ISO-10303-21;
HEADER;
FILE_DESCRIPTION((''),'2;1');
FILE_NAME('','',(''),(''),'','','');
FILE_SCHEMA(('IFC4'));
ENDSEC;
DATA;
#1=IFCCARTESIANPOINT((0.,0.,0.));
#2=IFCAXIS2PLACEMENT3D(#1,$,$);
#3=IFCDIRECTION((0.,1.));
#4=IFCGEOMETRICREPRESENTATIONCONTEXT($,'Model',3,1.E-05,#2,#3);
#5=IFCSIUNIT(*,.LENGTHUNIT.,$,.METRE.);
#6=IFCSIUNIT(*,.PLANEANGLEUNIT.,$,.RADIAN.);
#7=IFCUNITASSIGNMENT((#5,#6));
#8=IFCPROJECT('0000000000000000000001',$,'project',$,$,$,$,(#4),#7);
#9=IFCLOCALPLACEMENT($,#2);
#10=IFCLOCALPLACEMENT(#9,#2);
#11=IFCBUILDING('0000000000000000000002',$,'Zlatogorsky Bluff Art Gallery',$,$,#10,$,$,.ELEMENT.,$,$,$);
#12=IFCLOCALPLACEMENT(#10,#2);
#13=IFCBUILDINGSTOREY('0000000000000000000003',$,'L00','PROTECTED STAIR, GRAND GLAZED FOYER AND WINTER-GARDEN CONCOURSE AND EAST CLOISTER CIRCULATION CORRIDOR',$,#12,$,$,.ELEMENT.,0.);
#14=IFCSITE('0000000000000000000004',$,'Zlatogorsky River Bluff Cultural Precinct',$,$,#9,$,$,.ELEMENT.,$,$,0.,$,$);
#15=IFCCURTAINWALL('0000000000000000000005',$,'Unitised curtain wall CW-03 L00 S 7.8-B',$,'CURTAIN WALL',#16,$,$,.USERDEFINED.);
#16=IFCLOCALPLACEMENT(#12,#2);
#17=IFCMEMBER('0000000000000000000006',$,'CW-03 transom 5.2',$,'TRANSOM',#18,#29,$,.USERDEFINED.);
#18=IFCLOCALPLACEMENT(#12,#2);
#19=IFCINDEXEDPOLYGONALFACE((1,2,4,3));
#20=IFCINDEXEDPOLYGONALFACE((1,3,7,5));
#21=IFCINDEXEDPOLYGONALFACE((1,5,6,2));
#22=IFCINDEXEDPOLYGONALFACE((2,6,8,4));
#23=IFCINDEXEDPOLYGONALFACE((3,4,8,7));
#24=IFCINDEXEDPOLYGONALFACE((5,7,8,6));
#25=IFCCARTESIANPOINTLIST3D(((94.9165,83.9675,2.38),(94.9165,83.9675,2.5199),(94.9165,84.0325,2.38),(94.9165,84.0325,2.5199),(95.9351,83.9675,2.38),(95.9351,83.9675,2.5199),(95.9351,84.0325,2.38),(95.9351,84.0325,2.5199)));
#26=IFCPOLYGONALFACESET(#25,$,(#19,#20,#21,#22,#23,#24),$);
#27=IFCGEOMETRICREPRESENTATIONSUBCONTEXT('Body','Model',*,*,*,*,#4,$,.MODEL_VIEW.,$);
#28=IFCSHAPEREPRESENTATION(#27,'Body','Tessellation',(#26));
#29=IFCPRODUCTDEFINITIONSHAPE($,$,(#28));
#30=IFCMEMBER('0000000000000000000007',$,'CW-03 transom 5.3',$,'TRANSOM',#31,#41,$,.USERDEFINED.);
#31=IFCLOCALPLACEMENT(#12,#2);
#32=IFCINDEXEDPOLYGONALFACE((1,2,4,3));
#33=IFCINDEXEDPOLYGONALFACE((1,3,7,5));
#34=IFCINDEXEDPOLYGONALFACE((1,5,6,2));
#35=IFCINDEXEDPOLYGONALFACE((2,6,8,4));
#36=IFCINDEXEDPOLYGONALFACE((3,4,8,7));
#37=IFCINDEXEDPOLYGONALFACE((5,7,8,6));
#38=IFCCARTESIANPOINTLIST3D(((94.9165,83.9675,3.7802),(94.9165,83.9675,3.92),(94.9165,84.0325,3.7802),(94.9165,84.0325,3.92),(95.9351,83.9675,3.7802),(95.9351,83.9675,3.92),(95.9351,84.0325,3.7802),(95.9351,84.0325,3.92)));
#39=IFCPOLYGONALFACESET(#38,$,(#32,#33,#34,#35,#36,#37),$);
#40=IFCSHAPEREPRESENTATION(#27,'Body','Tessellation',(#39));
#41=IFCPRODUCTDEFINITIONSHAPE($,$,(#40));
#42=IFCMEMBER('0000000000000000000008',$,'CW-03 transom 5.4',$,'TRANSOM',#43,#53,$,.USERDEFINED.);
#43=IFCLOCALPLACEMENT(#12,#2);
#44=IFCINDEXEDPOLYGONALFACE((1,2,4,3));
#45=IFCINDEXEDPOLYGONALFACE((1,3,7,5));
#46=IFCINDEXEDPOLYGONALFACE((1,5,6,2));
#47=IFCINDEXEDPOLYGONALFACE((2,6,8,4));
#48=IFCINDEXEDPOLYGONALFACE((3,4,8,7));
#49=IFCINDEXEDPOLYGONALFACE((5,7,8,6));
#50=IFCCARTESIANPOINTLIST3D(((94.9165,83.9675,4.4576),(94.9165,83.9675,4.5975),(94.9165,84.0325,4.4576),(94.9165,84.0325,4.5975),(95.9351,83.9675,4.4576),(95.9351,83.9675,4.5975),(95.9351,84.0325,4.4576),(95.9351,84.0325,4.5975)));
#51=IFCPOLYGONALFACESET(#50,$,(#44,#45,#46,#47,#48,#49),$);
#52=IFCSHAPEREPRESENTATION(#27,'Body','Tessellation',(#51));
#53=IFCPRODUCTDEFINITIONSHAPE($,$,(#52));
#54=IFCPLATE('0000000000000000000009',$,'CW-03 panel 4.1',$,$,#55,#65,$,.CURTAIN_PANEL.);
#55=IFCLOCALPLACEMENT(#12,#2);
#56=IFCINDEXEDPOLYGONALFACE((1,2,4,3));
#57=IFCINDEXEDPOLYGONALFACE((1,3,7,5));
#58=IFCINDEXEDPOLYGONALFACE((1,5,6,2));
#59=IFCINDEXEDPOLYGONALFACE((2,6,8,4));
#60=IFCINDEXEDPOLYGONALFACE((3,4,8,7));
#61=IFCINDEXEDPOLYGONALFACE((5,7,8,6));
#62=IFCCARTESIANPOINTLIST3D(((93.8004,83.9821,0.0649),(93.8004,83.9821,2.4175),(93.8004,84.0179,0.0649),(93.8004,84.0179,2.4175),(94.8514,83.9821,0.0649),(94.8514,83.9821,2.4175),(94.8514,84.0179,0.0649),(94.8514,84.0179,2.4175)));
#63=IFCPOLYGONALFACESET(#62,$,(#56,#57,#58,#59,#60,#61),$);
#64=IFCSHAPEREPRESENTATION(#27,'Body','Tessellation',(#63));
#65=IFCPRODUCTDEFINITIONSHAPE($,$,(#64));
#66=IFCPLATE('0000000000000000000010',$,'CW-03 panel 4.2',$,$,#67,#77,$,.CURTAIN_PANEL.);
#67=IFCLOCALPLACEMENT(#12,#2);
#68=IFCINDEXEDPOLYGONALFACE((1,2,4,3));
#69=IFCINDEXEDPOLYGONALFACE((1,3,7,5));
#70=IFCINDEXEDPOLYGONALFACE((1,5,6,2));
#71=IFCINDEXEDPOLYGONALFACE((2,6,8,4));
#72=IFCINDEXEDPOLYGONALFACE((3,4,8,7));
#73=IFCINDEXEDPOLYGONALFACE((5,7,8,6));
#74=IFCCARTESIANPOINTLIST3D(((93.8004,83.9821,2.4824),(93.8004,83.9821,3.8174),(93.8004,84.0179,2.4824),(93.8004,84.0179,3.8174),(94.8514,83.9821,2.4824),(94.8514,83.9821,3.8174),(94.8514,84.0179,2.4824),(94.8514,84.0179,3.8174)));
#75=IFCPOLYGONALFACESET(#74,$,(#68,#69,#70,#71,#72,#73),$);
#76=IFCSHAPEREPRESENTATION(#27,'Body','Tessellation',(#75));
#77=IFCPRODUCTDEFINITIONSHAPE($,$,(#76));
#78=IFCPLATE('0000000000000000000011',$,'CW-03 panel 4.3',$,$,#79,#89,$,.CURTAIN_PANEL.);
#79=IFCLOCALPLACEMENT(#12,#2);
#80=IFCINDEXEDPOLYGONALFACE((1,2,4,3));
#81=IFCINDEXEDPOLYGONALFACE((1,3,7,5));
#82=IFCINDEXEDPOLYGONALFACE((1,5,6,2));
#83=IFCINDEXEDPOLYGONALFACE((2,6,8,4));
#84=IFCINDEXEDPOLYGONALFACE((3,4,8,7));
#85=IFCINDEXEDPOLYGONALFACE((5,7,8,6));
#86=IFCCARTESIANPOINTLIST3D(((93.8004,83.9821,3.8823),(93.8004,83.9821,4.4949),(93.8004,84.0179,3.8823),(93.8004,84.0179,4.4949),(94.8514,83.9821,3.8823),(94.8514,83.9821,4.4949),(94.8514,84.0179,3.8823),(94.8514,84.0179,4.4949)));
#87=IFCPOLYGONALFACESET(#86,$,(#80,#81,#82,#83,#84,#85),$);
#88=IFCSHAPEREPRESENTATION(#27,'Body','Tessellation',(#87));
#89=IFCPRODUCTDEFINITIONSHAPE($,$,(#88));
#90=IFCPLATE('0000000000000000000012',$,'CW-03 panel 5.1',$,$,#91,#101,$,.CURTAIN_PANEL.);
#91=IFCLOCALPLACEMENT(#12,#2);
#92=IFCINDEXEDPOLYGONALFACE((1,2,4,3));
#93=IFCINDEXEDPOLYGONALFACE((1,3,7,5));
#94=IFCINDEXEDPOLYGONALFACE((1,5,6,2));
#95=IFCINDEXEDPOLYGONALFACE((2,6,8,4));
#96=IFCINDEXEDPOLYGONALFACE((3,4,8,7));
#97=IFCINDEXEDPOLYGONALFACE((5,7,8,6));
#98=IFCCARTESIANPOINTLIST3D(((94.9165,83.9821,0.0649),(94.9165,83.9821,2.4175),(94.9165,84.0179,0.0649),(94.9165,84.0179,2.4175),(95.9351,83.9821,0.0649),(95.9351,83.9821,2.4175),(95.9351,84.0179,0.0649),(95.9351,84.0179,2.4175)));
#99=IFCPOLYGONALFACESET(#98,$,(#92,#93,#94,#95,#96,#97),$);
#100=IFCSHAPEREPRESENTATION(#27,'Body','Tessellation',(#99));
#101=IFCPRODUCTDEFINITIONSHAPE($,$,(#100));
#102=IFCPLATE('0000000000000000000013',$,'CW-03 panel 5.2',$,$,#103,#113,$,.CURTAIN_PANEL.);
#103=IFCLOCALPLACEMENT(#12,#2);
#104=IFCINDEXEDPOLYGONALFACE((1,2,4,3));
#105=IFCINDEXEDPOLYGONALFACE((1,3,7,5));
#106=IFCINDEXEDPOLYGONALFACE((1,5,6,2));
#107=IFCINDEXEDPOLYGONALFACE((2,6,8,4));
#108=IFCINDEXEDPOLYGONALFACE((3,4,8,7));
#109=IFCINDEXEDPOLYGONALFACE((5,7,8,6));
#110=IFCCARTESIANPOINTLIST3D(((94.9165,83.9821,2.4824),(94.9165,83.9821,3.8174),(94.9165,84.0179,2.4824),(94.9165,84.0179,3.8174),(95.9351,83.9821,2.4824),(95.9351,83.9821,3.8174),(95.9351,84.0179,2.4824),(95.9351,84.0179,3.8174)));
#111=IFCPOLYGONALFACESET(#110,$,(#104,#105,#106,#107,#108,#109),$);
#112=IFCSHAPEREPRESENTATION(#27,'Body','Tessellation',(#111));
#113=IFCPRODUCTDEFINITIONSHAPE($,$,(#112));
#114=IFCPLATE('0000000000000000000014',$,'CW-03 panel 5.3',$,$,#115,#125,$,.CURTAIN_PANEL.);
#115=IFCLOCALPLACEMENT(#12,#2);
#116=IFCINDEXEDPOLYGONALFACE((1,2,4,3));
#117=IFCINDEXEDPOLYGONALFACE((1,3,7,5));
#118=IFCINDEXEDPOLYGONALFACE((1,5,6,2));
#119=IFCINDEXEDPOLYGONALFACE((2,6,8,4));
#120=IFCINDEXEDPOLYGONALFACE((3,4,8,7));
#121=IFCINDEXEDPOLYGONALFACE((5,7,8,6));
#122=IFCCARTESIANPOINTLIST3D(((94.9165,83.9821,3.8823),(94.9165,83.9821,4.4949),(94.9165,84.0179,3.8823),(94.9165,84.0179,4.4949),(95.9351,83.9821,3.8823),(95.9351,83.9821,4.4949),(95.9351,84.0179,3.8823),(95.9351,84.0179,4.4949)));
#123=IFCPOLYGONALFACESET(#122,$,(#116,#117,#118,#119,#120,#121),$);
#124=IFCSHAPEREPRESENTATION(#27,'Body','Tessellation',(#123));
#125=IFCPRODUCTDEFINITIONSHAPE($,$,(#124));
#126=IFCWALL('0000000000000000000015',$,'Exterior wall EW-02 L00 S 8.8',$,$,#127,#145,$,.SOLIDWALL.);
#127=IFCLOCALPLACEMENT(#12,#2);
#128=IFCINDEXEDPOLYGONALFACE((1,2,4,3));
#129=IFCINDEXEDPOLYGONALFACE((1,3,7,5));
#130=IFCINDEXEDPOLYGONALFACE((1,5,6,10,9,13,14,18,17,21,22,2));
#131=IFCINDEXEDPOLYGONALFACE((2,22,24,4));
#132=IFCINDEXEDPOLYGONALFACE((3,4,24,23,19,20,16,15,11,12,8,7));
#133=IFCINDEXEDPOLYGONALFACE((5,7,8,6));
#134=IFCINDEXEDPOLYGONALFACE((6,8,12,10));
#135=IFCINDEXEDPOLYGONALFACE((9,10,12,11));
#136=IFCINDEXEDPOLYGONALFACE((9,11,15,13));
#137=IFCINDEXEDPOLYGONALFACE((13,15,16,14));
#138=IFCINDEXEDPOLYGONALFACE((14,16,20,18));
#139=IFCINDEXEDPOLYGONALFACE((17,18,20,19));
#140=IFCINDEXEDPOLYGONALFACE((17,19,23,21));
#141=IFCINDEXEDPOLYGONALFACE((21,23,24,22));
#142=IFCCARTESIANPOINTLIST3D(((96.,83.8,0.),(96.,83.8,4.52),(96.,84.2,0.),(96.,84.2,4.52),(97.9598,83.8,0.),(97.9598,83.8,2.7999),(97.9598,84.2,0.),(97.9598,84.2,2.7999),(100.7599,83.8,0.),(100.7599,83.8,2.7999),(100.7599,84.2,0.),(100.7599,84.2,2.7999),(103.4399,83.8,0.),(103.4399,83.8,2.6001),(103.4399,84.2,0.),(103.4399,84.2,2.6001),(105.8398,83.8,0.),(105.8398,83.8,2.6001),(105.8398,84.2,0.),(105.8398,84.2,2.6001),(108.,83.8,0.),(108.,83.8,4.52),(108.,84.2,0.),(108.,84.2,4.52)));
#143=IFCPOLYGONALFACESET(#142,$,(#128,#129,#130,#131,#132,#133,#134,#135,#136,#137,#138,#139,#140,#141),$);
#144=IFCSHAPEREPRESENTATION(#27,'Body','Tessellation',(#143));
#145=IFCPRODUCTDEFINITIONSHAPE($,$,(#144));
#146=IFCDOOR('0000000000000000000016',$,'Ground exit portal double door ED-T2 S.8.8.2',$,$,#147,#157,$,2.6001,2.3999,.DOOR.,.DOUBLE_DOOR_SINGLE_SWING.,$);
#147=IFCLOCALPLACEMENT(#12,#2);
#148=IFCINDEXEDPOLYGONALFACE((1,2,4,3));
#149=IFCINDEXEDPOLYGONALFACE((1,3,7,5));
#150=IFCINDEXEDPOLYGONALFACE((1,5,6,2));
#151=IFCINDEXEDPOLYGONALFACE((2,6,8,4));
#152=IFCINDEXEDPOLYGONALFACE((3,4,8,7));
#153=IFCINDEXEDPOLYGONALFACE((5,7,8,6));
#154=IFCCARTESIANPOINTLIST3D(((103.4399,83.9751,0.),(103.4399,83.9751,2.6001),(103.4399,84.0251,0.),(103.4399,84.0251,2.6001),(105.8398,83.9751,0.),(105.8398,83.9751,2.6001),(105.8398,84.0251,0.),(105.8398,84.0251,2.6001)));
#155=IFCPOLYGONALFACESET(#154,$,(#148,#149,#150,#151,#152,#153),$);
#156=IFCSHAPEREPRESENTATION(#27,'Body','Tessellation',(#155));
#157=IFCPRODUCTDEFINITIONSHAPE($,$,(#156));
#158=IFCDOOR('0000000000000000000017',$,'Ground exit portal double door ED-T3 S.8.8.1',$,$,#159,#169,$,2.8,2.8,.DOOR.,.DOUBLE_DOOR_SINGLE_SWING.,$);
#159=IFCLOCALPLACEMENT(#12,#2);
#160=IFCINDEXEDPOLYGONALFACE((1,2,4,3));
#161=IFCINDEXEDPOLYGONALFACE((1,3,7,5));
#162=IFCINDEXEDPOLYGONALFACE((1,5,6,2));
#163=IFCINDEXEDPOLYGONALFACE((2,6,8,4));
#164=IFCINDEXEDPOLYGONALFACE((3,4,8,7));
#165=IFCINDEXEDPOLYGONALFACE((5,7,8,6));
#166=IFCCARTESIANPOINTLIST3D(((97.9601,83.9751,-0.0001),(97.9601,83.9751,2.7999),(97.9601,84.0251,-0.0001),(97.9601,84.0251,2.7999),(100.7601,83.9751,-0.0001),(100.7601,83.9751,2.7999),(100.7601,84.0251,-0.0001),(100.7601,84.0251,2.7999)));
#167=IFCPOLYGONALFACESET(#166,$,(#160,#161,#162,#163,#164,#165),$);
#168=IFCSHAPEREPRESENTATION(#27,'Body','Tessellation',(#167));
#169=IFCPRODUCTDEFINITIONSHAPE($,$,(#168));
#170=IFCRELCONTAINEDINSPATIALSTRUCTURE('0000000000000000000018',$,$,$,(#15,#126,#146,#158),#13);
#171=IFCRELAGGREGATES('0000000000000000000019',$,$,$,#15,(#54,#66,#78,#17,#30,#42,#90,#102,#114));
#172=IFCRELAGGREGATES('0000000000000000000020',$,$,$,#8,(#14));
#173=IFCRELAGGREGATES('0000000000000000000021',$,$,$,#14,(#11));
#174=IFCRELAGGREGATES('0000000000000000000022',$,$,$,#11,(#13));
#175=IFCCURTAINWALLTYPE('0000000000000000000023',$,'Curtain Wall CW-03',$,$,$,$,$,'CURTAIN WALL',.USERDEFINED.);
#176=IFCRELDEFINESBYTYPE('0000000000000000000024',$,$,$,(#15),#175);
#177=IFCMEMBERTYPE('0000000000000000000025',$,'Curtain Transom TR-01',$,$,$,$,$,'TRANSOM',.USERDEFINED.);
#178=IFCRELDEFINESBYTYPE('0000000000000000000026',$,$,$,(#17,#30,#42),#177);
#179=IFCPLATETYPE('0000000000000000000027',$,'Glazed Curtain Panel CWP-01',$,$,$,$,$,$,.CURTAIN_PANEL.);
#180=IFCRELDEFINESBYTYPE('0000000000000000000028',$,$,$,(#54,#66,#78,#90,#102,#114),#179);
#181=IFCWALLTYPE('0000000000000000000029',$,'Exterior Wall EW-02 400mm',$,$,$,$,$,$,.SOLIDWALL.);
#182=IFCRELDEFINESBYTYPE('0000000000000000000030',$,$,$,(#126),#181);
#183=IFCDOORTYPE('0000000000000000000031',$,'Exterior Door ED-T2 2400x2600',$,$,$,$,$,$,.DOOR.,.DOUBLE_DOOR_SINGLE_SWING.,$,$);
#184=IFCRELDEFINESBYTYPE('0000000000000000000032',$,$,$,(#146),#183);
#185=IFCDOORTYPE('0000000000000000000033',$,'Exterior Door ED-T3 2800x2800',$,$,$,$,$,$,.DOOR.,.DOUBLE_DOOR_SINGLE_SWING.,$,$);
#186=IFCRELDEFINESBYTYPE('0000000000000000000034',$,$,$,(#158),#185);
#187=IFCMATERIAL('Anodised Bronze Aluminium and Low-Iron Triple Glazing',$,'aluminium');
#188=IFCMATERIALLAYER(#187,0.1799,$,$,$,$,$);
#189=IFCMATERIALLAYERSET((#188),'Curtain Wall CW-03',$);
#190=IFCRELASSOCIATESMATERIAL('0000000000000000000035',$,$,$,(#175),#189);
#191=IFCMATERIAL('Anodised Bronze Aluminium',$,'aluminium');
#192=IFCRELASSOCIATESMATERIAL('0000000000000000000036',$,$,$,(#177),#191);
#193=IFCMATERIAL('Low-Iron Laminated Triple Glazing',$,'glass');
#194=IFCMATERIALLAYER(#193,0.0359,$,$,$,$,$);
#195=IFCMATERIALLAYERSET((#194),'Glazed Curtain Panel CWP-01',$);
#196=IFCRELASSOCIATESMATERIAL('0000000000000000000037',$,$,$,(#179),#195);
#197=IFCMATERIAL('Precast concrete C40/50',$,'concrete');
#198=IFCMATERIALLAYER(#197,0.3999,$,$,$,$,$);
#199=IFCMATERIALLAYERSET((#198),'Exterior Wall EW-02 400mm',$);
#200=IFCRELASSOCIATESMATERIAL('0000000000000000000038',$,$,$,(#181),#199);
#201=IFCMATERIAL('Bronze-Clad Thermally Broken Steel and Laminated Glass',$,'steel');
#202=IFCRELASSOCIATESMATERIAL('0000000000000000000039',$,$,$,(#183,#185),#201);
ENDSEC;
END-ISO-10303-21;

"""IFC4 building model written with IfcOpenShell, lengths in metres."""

from ifc_helpers import new_model, si_unit, direction, frame, frame_2d, origin, origin_2d, place, context, subcontext, project, spatial, rectangle, extrude, material, layer, layer_set, material_profile, profile_set, type_object, element, fill, aggregate, save


model = new_model("IFC4")

# Units and contexts
model_context = context("Model", 3, precision=1e-05, world=origin(), true_north=direction((0.0, 1.0)))
body_context = subcontext(model_context, "Body", "Model", "MODEL_VIEW")
ifc_project = project(units=[si_unit("LENGTHUNIT", "METRE"), si_unit("PLANEANGLEUNIT", "RADIAN")], contexts=[model_context])

# Site, building, storey
site_placement = place(None, origin())
site = spatial("IfcSite", under=ifc_project, at=site_placement, Name="Zlatogorsky River Bluff Cultural Precinct", CompositionType="ELEMENT", RefElevation=0.0)
building_placement = place(site_placement, origin())
building = spatial("IfcBuilding", under=site, at=building_placement, Name="Zlatogorsky Bluff Art Gallery", CompositionType="ELEMENT")
storey_placement = place(building_placement, origin())
storey = spatial("IfcBuildingStorey", under=building, at=storey_placement, Name="L00", Description="PROTECTED STAIR, GRAND GLAZED FOYER AND WINTER-GARDEN CONCOURSE AND EAST CLOISTER CIRCULATION CORRIDOR", CompositionType="ELEMENT", Elevation=0.0)

# Curtain wall, members, plates
ifc_material_1 = material(Name="Anodised Bronze Aluminium and Low-Iron Triple Glazing", Category="aluminium")
ifc_layer_1 = layer(ifc_material_1, 0.1799)
ifc_layer_set_1 = layer_set([ifc_layer_1], Name="Curtain Wall CW-03")
curtain_wall_type = type_object("IfcCurtainWallType", Name="Curtain Wall CW-03", ElementType="CURTAIN WALL", PredefinedType="USERDEFINED", material=ifc_layer_set_1)
curtain_wall_placement = place(storey_placement, origin())
curtain_wall = element("IfcCurtainWall", 1, at=curtain_wall_placement, inside=storey, type_object=curtain_wall_type, Name="Unitised curtain wall CW-03 L00 S 7.8-B", ObjectType="CURTAIN WALL", PredefinedType="USERDEFINED")
ifc_material_2 = material(Name="Anodised Bronze Aluminium", Category="aluminium")
ifc_material_profile_1 = material_profile(ifc_material_2, rectangle(XDim=0.0649, YDim=0.1399, at=origin_2d()), Name="ALU TRANSOM 65x140")
ifc_profile_set_1 = profile_set([ifc_material_profile_1], Name="Anodised Bronze Aluminium")
member_type_1 = type_object("IfcMemberType", Name="Curtain Transom TR-01", ElementType="TRANSOM", PredefinedType="USERDEFINED", material=ifc_profile_set_1)
member_1_placement = place(storey_placement, frame((94.9165, 84.0, 2.45), z_axis=(1.0, 0.0, 0.0), x_axis=(0.0, 1.0, 0.0)))
member_1 = element("IfcMember", 2, at=member_1_placement, type_object=member_type_1, Name="CW-03 transom 5.2", ObjectType="TRANSOM", PredefinedType="USERDEFINED", context=body_context, shape_type="SweptSolid", body=[
    extrude(rectangle(XDim=0.0649, YDim=0.1399, at=origin_2d()), origin(), (0.0, 0.0, 1.0), 1.0186),
])
member_2_placement = place(storey_placement, frame((94.9165, 84.0, 3.8501), z_axis=(1.0, 0.0, 0.0), x_axis=(0.0, 1.0, 0.0)))
member_2 = element("IfcMember", 3, at=member_2_placement, type_object=member_type_1, Name="CW-03 transom 5.3", ObjectType="TRANSOM", PredefinedType="USERDEFINED", context=body_context, shape_type="SweptSolid", body=[
    extrude(rectangle(XDim=0.0649, YDim=0.1399, at=origin_2d()), origin(), (0.0, 0.0, 1.0), 1.0186),
])
member_3_placement = place(storey_placement, frame((94.9165, 84.0, 4.5276), z_axis=(1.0, 0.0, 0.0), x_axis=(0.0, 1.0, 0.0)))
member_3 = element("IfcMember", 4, at=member_3_placement, type_object=member_type_1, Name="CW-03 transom 5.4", ObjectType="TRANSOM", PredefinedType="USERDEFINED", context=body_context, shape_type="SweptSolid", body=[
    extrude(rectangle(XDim=0.0649, YDim=0.1399, at=origin_2d()), origin(), (0.0, 0.0, 1.0), 1.0186),
])
ifc_material_3 = material(Name="Low-Iron Laminated Triple Glazing", Category="glass")
ifc_layer_2 = layer(ifc_material_3, 0.0359)
ifc_layer_set_2 = layer_set([ifc_layer_2], Name="Glazed Curtain Panel CWP-01")
plate_type = type_object("IfcPlateType", Name="Glazed Curtain Panel CWP-01", PredefinedType="CURTAIN_PANEL", material=ifc_layer_set_2)
plate_1_placement = place(storey_placement, frame((94.3259, 84.0, 0.0649), z_axis=(0.0, 0.0, 1.0), x_axis=(1.0, 0.0, 0.0)))
plate_1 = element("IfcPlate", 5, at=plate_1_placement, type_object=plate_type, Name="CW-03 panel 4.1", PredefinedType="CURTAIN_PANEL", context=body_context, shape_type="SweptSolid", body=[
    extrude(rectangle(XDim=1.051, YDim=0.0359, at=origin_2d()), origin(), (0.0, 0.0, 1.0), 2.3525),
])
plate_2_placement = place(storey_placement, frame((94.3259, 84.0, 2.4824), z_axis=(0.0, 0.0, 1.0), x_axis=(1.0, 0.0, 0.0)))
plate_2 = element("IfcPlate", 6, at=plate_2_placement, type_object=plate_type, Name="CW-03 panel 4.2", PredefinedType="CURTAIN_PANEL", context=body_context, shape_type="SweptSolid", body=[
    extrude(rectangle(XDim=1.051, YDim=0.0359, at=origin_2d()), origin(), (0.0, 0.0, 1.0), 1.335),
])
plate_3_placement = place(storey_placement, frame((94.3259, 84.0, 3.8823), z_axis=(0.0, 0.0, 1.0), x_axis=(1.0, 0.0, 0.0)))
plate_3 = element("IfcPlate", 7, at=plate_3_placement, type_object=plate_type, Name="CW-03 panel 4.3", PredefinedType="CURTAIN_PANEL", context=body_context, shape_type="SweptSolid", body=[
    extrude(rectangle(XDim=1.051, YDim=0.0359, at=origin_2d()), origin(), (0.0, 0.0, 1.0), 0.6125),
])
plate_4_placement = place(storey_placement, frame((95.4258, 84.0, 0.0649), z_axis=(0.0, 0.0, 1.0), x_axis=(1.0, 0.0, 0.0)))
plate_4 = element("IfcPlate", 8, at=plate_4_placement, type_object=plate_type, Name="CW-03 panel 5.1", PredefinedType="CURTAIN_PANEL", context=body_context, shape_type="SweptSolid", body=[
    extrude(rectangle(XDim=1.0186, YDim=0.0359, at=origin_2d()), origin(), (0.0, 0.0, 1.0), 2.3525),
])
plate_5_placement = place(storey_placement, frame((95.4258, 84.0, 2.4824), z_axis=(0.0, 0.0, 1.0), x_axis=(1.0, 0.0, 0.0)))
plate_5 = element("IfcPlate", 9, at=plate_5_placement, type_object=plate_type, Name="CW-03 panel 5.2", PredefinedType="CURTAIN_PANEL", context=body_context, shape_type="SweptSolid", body=[
    extrude(rectangle(XDim=1.0186, YDim=0.0359, at=origin_2d()), origin(), (0.0, 0.0, 1.0), 1.335),
])
plate_6_placement = place(storey_placement, frame((95.4258, 84.0, 3.8823), z_axis=(0.0, 0.0, 1.0), x_axis=(1.0, 0.0, 0.0)))
plate_6 = element("IfcPlate", 10, at=plate_6_placement, type_object=plate_type, Name="CW-03 panel 5.3", PredefinedType="CURTAIN_PANEL", context=body_context, shape_type="SweptSolid", body=[
    extrude(rectangle(XDim=1.0186, YDim=0.0359, at=origin_2d()), origin(), (0.0, 0.0, 1.0), 0.6125),
])
aggregate(curtain_wall, [plate_1, plate_2, plate_3, member_1, member_2, member_3, plate_4, plate_5, plate_6])

# Wall, openings, doors
ifc_material_4 = material(Name="Precast concrete C40/50", Category="concrete")
ifc_layer_3 = layer(ifc_material_4, 0.3999)
ifc_layer_set_3 = layer_set([ifc_layer_3], Name="Exterior Wall EW-02 400mm")
wall_type_1 = type_object("IfcWallType", Name="Exterior Wall EW-02 400mm", PredefinedType="SOLIDWALL", material=ifc_layer_set_3)
wall_1_placement = place(storey_placement, frame((96.0, 84.0, 0.0), z_axis=(0.0, 0.0, 1.0), x_axis=(1.0, 0.0, 0.0)))
wall_1 = element("IfcWall", 11, at=wall_1_placement, inside=storey, type_object=wall_type_1, Name="Exterior wall EW-02 L00 S 8.8", PredefinedType="SOLIDWALL", context=body_context, shape_type="SweptSolid", body=[
    extrude(rectangle(XDim=12.0, YDim=0.3999, at=frame_2d((6.0, 0.0))), origin(), (0.0, 0.0, 1.0), 4.52),
])
opening_1_placement = place(wall_1_placement, frame((1.96, 0.0, 0.0)))
opening_1 = element("IfcOpeningElement", 12, at=opening_1_placement, cuts=wall_1, PredefinedType="OPENING", context=body_context, shape_type="SweptSolid", body=[
    extrude(rectangle(XDim=2.8, YDim=2.8, at=frame_2d((1.3999, 1.3999))), frame((0.0, 0.21, 0.0), z_axis=(0.0, -1.0, 0.0), x_axis=(1.0, 0.0, 0.0)), (0.0, 0.0, 1.0), 0.4199),
])
opening_2_placement = place(wall_1_placement, frame((7.4399, 0.0, 0.0)))
opening_2 = element("IfcOpeningElement", 13, at=opening_2_placement, cuts=wall_1, PredefinedType="OPENING", context=body_context, shape_type="SweptSolid", body=[
    extrude(rectangle(XDim=2.3999, YDim=2.6001, at=frame_2d((1.2, 1.3))), frame((0.0, 0.21, 0.0), z_axis=(0.0, -1.0, 0.0), x_axis=(1.0, 0.0, 0.0)), (0.0, 0.0, 1.0), 0.4199),
])
ifc_material_5 = material(Name="Bronze-Clad Thermally Broken Steel and Laminated Glass", Category="steel")
door_type_1 = type_object("IfcDoorType", Name="Exterior Door ED-T2 2400x2600", OperationType="DOUBLE_DOOR_SINGLE_SWING", PredefinedType="DOOR", material=ifc_material_5)
door_1_placement = place(opening_2_placement, frame((2.3999, 0.0, 0.0), z_axis=(0.0, 0.0, 1.0), x_axis=(-1.0, 0.0, 0.0)))
door_1 = element("IfcDoor", 14, at=door_1_placement, inside=storey, type_object=door_type_1, Name="Ground exit portal double door ED-T2 S.8.8.2", OperationType="DOUBLE_DOOR_SINGLE_SWING", OverallHeight=2.6001, OverallWidth=2.3999, PredefinedType="DOOR", context=body_context, shape_type="SweptSolid", body=[
    extrude(rectangle(XDim=2.3999, YDim=2.6001, at=frame_2d((1.2, 1.3))), frame((0.0, 0.0249, 0.0), z_axis=(0.0, -1.0, 0.0), x_axis=(1.0, 0.0, 0.0)), (0.0, 0.0, 1.0), 0.05),
])
fill(opening_2, door_1)
door_type_2 = type_object("IfcDoorType", Name="Exterior Door ED-T3 2800x2800", OperationType="DOUBLE_DOOR_SINGLE_SWING", PredefinedType="DOOR", material=ifc_material_5)
door_2_placement = place(opening_1_placement, frame((2.8, 0.0, 0.0), z_axis=(0.0, 0.0, 1.0), x_axis=(-1.0, 0.0, 0.0)))
door_2 = element("IfcDoor", 15, at=door_2_placement, inside=storey, type_object=door_type_2, Name="Ground exit portal double door ED-T3 S.8.8.1", OperationType="DOUBLE_DOOR_SINGLE_SWING", OverallHeight=2.8, OverallWidth=2.8, PredefinedType="DOOR", context=body_context, shape_type="SweptSolid", body=[
    extrude(rectangle(XDim=2.8, YDim=2.8, at=frame_2d((1.3999, 1.3999))), frame((0.0, 0.0249, 0.0), z_axis=(0.0, -1.0, 0.0), x_axis=(1.0, 0.0, 0.0)), (0.0, 0.0, 1.0), 0.05),
])
fill(opening_1, door_2)

save(model, "model.ifc")
